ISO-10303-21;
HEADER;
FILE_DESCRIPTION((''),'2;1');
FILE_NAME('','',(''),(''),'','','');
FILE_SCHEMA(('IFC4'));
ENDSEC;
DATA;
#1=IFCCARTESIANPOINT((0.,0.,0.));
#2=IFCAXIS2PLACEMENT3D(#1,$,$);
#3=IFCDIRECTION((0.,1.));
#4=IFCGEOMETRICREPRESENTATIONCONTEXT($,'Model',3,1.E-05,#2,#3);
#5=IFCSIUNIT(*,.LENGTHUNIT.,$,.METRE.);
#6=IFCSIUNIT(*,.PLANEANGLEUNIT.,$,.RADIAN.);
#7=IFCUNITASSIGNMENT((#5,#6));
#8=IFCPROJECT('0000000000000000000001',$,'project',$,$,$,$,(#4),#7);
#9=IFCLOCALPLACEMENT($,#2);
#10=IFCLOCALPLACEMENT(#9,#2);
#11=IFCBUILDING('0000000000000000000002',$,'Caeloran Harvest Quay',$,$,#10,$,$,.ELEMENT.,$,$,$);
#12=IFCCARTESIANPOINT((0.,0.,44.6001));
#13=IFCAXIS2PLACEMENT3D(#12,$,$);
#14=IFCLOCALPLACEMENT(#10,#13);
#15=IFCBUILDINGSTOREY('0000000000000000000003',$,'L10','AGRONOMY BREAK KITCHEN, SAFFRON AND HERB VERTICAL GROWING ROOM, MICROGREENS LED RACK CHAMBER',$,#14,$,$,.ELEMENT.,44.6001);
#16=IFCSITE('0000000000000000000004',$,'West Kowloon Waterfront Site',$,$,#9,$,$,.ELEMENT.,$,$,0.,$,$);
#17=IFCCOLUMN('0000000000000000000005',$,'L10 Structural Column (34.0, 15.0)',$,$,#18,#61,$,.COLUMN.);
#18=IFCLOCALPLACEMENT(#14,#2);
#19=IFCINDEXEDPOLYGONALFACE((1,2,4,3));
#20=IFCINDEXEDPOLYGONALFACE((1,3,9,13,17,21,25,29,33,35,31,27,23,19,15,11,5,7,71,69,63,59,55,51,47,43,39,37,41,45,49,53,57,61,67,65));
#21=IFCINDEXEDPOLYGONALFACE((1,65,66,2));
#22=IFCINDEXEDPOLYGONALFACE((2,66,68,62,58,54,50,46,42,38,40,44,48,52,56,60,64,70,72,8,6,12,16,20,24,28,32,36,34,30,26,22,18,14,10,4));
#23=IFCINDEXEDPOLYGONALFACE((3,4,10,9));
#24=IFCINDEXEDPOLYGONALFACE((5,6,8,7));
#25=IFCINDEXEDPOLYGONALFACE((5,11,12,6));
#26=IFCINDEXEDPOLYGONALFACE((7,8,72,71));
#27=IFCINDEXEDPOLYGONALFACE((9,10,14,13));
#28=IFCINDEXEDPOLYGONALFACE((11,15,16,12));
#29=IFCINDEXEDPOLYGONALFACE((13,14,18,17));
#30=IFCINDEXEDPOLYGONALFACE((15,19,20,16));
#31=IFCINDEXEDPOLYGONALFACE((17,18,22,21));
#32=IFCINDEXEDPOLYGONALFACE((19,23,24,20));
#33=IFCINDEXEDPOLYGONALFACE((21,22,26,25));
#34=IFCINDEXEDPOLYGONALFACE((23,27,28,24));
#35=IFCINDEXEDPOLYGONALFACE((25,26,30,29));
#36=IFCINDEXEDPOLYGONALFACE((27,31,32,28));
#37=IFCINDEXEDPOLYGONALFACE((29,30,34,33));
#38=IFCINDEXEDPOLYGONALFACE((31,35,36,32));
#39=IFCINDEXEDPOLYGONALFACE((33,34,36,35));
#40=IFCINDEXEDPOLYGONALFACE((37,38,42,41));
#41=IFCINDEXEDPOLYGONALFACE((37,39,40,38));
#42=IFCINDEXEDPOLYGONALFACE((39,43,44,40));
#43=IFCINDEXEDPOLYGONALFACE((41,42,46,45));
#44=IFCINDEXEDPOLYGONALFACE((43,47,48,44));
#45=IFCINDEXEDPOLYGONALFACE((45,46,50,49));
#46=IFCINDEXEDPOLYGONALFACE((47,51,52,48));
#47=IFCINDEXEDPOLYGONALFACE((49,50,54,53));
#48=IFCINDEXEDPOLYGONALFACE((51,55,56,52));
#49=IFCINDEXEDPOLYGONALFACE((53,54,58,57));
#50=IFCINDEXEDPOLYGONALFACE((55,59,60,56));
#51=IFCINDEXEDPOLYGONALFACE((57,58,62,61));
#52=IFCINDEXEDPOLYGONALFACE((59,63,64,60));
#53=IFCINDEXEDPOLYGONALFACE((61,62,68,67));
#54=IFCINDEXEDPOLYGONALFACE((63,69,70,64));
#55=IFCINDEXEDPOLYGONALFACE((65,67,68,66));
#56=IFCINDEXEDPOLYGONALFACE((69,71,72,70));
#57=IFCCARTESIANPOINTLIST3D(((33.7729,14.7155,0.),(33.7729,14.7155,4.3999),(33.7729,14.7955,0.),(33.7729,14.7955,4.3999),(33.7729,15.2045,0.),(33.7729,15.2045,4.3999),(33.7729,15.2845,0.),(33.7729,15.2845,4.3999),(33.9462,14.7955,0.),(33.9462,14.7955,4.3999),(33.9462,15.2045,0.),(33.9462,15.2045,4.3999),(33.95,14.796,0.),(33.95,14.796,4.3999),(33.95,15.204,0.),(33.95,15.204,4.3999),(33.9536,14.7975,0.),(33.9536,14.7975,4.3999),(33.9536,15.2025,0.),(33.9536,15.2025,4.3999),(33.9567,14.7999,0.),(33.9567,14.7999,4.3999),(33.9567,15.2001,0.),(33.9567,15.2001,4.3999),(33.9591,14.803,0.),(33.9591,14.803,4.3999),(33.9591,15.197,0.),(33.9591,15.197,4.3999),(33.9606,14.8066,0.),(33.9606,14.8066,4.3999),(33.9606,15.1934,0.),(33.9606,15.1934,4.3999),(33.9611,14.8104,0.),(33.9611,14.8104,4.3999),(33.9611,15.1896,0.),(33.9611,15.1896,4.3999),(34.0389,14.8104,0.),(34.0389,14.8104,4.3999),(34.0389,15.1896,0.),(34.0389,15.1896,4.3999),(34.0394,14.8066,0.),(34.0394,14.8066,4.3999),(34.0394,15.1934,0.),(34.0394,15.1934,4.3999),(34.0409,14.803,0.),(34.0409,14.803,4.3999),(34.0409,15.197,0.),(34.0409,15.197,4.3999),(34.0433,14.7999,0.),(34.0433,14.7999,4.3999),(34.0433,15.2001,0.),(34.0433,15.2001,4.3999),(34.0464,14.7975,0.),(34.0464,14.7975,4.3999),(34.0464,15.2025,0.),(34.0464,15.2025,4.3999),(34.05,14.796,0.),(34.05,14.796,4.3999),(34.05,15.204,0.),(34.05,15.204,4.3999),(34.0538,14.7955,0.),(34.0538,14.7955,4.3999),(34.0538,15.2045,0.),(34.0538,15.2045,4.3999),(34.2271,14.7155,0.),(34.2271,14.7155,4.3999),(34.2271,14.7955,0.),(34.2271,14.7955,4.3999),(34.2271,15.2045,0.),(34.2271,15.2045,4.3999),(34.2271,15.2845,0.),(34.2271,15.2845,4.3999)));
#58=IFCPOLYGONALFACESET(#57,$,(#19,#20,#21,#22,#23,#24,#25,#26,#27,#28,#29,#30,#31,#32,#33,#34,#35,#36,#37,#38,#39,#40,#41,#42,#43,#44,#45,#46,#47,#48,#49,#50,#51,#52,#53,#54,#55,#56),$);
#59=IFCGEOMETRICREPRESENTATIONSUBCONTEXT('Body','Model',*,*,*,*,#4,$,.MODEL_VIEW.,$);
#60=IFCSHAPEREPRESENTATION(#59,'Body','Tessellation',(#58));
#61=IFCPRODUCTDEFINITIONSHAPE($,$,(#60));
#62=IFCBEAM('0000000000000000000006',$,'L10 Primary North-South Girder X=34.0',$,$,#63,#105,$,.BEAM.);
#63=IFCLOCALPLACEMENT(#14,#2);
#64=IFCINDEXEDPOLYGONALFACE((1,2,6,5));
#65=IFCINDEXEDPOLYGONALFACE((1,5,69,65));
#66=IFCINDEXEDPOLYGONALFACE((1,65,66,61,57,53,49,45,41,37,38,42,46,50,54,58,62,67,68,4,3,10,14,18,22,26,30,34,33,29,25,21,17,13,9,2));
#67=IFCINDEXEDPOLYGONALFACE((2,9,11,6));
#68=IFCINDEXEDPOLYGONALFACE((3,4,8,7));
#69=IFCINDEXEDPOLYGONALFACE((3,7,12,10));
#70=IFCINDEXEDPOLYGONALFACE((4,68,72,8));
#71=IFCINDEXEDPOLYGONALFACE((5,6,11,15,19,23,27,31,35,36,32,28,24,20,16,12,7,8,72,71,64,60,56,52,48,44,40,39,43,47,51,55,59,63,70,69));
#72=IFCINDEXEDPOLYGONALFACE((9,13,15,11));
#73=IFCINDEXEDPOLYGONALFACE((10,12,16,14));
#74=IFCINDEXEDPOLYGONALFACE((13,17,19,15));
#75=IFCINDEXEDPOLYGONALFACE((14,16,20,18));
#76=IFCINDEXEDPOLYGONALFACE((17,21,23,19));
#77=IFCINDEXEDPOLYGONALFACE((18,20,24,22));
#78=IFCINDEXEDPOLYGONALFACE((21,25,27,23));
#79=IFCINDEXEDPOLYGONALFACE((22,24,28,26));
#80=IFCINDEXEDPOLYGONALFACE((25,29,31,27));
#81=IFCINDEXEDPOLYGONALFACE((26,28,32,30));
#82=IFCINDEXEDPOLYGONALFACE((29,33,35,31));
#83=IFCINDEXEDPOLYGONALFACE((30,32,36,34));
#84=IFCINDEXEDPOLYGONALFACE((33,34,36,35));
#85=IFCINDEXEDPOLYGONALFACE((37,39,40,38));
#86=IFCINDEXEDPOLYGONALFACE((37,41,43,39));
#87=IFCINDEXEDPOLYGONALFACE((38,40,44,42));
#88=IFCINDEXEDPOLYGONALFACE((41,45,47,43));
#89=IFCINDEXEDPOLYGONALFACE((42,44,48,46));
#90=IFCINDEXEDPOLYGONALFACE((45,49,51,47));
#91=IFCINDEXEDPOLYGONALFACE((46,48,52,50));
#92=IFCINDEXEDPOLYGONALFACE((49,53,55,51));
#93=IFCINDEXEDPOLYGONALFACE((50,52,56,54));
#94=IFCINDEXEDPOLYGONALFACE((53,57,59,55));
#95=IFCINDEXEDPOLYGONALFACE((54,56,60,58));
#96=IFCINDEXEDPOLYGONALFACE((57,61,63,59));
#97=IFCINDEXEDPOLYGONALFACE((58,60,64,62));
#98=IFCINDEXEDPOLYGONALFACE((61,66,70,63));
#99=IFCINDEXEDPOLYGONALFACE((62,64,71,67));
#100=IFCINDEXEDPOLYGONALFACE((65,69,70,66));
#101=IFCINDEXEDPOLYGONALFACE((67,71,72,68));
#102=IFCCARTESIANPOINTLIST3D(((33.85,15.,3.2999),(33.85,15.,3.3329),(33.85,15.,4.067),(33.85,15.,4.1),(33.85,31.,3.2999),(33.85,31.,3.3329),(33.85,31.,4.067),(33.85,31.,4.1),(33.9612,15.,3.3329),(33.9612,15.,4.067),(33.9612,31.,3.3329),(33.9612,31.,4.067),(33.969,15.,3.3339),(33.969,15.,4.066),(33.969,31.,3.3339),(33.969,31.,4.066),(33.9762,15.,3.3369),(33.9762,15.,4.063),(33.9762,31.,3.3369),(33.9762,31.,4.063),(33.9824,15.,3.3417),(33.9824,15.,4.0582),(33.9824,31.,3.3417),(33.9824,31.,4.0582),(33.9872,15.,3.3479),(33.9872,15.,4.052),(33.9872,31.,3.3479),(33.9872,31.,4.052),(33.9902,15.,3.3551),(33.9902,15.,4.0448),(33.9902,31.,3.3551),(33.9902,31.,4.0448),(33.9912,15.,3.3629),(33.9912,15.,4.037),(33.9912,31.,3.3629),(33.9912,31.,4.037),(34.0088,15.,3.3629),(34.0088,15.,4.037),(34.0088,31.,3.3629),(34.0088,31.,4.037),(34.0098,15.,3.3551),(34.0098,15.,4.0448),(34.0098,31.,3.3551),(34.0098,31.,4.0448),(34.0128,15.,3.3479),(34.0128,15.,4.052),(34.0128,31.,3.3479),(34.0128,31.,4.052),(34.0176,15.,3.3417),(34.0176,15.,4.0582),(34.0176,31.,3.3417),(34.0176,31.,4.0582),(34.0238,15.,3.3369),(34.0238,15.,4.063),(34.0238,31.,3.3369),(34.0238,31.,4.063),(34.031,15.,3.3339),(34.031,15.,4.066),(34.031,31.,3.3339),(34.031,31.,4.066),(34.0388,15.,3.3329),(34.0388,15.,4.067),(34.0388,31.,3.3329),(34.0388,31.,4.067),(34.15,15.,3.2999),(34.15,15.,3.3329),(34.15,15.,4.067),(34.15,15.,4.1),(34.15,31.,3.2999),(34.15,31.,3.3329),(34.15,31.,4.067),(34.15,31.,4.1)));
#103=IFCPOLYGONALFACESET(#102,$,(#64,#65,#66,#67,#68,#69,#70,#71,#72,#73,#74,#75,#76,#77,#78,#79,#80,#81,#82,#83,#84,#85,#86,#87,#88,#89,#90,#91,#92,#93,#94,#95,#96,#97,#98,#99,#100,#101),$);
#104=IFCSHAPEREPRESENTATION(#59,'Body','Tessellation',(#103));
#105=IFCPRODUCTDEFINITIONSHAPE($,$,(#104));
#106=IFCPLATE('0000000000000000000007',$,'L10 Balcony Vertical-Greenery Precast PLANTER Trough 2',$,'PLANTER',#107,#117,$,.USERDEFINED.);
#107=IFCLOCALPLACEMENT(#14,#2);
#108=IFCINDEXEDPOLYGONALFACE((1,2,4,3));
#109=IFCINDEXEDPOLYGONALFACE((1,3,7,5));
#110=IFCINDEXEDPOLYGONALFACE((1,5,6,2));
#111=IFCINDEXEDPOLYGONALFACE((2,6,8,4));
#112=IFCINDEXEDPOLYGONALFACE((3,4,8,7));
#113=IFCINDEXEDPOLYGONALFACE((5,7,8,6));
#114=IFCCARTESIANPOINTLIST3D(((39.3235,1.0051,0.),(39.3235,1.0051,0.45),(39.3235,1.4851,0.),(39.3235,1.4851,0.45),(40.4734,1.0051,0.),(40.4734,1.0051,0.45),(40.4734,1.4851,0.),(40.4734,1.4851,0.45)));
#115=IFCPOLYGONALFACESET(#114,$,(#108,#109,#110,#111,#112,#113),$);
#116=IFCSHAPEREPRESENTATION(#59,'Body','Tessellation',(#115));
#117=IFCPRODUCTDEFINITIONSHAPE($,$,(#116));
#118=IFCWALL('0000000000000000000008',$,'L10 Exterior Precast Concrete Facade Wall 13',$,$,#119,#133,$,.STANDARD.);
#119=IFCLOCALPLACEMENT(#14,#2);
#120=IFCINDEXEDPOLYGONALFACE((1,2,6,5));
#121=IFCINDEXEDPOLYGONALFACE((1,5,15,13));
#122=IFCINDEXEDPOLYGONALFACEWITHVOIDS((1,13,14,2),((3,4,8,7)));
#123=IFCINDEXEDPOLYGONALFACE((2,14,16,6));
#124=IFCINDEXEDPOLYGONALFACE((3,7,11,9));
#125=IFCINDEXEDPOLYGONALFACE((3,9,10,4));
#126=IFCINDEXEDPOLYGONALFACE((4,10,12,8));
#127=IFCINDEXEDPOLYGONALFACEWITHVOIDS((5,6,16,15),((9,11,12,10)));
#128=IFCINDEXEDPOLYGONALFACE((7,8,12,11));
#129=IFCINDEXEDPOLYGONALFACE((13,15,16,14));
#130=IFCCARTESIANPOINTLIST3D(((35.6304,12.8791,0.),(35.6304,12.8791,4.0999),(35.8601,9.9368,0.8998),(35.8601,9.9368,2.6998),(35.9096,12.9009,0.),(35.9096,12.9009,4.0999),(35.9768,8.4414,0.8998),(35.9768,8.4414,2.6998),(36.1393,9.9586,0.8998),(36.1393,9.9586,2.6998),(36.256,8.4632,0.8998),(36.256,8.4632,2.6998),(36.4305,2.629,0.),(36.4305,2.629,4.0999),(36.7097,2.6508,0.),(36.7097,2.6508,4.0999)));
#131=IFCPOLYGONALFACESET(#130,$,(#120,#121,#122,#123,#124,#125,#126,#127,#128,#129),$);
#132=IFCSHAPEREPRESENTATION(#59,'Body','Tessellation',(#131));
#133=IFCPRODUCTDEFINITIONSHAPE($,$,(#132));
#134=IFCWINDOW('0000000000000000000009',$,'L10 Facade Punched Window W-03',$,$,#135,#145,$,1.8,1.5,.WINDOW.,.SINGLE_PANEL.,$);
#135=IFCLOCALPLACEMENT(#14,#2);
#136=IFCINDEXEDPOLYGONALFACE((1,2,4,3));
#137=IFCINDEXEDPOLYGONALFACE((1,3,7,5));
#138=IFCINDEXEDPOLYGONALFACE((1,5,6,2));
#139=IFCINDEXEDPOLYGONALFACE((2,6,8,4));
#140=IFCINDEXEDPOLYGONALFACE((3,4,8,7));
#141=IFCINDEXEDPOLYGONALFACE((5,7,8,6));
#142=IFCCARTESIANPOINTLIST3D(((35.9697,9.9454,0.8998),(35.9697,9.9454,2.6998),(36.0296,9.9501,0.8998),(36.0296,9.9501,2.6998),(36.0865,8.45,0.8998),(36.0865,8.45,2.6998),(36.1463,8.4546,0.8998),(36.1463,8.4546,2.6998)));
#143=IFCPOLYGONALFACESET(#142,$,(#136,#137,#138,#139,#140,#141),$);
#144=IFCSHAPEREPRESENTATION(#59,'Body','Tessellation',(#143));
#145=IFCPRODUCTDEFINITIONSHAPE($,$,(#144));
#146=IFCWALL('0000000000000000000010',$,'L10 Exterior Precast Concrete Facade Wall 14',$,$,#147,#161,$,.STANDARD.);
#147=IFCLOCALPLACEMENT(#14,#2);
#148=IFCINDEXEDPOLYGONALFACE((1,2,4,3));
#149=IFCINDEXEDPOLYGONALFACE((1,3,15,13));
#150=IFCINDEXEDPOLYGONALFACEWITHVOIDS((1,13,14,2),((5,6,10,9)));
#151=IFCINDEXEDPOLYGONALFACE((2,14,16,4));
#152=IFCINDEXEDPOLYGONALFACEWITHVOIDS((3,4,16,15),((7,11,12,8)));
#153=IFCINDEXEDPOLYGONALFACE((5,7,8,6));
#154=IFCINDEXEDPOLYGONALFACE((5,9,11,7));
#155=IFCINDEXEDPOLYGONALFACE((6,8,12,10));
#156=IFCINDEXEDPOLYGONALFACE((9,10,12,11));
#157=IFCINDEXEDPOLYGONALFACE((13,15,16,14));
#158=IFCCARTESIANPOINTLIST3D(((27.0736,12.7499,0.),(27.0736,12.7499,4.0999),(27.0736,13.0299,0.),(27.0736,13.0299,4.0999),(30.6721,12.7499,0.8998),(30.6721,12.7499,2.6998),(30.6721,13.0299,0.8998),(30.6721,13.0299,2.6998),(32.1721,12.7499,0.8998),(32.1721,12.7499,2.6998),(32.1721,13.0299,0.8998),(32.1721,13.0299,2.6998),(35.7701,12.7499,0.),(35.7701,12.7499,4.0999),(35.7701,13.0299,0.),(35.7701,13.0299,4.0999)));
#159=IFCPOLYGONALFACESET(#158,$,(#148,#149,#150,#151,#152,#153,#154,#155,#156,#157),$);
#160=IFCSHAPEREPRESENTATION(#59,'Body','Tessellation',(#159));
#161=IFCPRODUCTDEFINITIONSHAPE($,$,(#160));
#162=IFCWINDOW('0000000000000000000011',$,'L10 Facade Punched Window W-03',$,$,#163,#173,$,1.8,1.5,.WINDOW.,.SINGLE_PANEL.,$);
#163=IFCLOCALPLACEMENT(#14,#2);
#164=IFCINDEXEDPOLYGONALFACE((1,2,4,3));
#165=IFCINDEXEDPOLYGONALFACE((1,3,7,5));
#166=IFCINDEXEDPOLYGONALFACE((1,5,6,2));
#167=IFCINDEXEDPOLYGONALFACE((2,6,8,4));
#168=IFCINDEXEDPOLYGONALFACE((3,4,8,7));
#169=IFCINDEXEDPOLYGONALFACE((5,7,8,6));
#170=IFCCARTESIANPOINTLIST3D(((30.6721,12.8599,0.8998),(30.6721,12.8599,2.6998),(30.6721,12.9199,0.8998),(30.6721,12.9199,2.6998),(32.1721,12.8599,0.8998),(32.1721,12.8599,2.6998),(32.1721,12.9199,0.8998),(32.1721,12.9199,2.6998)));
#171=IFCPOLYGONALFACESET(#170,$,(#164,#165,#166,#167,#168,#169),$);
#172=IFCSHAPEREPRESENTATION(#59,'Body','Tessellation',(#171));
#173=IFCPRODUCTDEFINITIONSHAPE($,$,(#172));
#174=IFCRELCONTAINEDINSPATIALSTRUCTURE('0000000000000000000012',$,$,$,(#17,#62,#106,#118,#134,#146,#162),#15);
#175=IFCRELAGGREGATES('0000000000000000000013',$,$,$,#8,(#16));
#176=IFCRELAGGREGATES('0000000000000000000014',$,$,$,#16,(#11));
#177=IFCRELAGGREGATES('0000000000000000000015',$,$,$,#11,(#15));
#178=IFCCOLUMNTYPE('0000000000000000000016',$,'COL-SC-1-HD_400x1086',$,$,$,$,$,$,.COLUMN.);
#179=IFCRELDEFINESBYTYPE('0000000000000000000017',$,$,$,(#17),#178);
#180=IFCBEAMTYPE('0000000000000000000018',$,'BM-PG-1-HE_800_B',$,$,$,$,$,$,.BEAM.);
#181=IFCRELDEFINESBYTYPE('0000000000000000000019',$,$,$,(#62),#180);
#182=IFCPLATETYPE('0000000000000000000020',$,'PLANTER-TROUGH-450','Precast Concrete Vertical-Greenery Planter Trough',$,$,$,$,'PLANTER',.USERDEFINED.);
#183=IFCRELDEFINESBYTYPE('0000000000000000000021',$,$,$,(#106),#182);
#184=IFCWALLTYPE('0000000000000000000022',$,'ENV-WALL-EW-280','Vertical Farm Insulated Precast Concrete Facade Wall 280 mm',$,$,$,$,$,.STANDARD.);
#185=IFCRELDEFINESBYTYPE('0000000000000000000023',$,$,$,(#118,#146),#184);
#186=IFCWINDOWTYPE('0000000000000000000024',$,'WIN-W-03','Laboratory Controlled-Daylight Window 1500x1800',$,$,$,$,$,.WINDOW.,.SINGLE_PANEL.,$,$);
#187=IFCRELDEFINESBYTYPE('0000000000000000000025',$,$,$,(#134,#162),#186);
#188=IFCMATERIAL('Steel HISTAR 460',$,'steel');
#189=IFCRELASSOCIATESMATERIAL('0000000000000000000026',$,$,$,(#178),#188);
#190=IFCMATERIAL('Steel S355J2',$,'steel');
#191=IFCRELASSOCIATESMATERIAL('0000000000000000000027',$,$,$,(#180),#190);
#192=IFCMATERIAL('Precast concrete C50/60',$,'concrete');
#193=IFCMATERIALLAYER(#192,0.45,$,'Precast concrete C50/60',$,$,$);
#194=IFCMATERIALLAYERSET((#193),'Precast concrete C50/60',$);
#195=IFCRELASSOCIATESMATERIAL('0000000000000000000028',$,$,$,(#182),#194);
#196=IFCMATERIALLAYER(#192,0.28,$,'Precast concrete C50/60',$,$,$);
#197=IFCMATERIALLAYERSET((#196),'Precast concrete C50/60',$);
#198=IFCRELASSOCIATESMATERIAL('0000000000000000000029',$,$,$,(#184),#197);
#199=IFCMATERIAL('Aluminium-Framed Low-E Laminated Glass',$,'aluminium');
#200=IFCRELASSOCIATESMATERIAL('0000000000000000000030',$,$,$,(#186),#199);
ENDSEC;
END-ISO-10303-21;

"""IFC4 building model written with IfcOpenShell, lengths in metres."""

from ifc_helpers import new_model, si_unit, direction, frame, frame_2d, origin, origin_2d, place, context, subcontext, project, spatial, rectangle, i_section, extrude, material, layer, layer_set, material_profile, profile_set, type_object, element, fill, save


model = new_model("IFC4")

# Units and contexts
model_context = context("Model", 3, precision=1e-05, world=origin(), true_north=direction((0.0, 1.0)))
body_context = subcontext(model_context, "Body", "Model", "MODEL_VIEW")
ifc_project = project(units=[si_unit("LENGTHUNIT", "METRE"), si_unit("PLANEANGLEUNIT", "RADIAN")], contexts=[model_context])

# Site, building, storey
site_placement = place(None, origin())
site = spatial("IfcSite", under=ifc_project, at=site_placement, Name="West Kowloon Waterfront Site", CompositionType="ELEMENT", RefElevation=0.0)
building_placement = place(site_placement, origin())
building = spatial("IfcBuilding", under=site, at=building_placement, Name="Caeloran Harvest Quay", CompositionType="ELEMENT")
storey_placement = place(building_placement, frame((0.0, 0.0, 44.6001)))
storey = spatial("IfcBuildingStorey", under=building, at=storey_placement, Name="L10", Description="AGRONOMY BREAK KITCHEN, SAFFRON AND HERB VERTICAL GROWING ROOM, MICROGREENS LED RACK CHAMBER", CompositionType="ELEMENT", Elevation=44.6001)

# Column
ifc_material_1 = material(Name="Steel HISTAR 460", Category="steel")
ifc_material_profile_1 = material_profile(ifc_material_1, i_section(OverallWidth=0.4541, OverallDepth=0.5691, WebThickness=0.0779, FlangeThickness=0.0801, FilletRadius=0.0149, at=origin_2d()), Name="HD 400x1086")
ifc_profile_set_1 = profile_set([ifc_material_profile_1], Name="Steel HISTAR 460")
column_type = type_object("IfcColumnType", Name="COL-SC-1-HD_400x1086", PredefinedType="COLUMN", material=ifc_profile_set_1)
column_placement = place(storey_placement, frame((34.0, 15.0, 0.0), z_axis=(0.0, 0.0, 1.0), x_axis=(1.0, 0.0, 0.0)))
element("IfcColumn", 1, at=column_placement, inside=storey, type_object=column_type, Name="L10 Structural Column (34.0, 15.0)", PredefinedType="COLUMN", context=body_context, shape_type="SweptSolid", body=[
    extrude(i_section(OverallWidth=0.4541, OverallDepth=0.5691, WebThickness=0.0779, FlangeThickness=0.0801, FilletRadius=0.0149, at=origin_2d()), origin(), (0.0, 0.0, 1.0), 4.3999),
])

# Beam
ifc_material_2 = material(Name="Steel S355J2", Category="steel")
ifc_material_profile_2 = material_profile(ifc_material_2, i_section(OverallWidth=0.3, OverallDepth=0.8, WebThickness=0.0176, FlangeThickness=0.033, FilletRadius=0.03, at=origin_2d()), Name="HE 800 B")
ifc_profile_set_2 = profile_set([ifc_material_profile_2], Name="Steel S355J2")
beam_type = type_object("IfcBeamType", Name="BM-PG-1-HE_800_B", PredefinedType="BEAM", material=ifc_profile_set_2)
beam_placement = place(storey_placement, frame((34.0, 15.0, 3.7), z_axis=(0.0, 1.0, 0.0), x_axis=(-1.0, 0.0, 0.0)))
element("IfcBeam", 2, at=beam_placement, inside=storey, type_object=beam_type, Name="L10 Primary North-South Girder X=34.0", PredefinedType="BEAM", context=body_context, shape_type="SweptSolid", body=[
    extrude(i_section(OverallWidth=0.3, OverallDepth=0.8, WebThickness=0.0176, FlangeThickness=0.033, FilletRadius=0.03, at=origin_2d()), origin(), (0.0, 0.0, 1.0), 16.0),
])

# Plate
ifc_material_3 = material(Name="Precast concrete C50/60", Category="concrete")
ifc_layer_1 = layer(ifc_material_3, 0.45, Name="Precast concrete C50/60")
ifc_layer_set_1 = layer_set([ifc_layer_1], Name="Precast concrete C50/60")
plate_type = type_object("IfcPlateType", Name="PLANTER-TROUGH-450", Description="Precast Concrete Vertical-Greenery Planter Trough", ElementType="PLANTER", PredefinedType="USERDEFINED", material=ifc_layer_set_1)
plate_placement = place(storey_placement, frame((39.8984, 1.2451, 0.0), z_axis=(0.0, 0.0, 1.0), x_axis=(1.0, 0.0, 0.0)))
element("IfcPlate", 3, at=plate_placement, inside=storey, type_object=plate_type, Name="L10 Balcony Vertical-Greenery Precast PLANTER Trough 2", ObjectType="PLANTER", PredefinedType="USERDEFINED", context=body_context, shape_type="SweptSolid", body=[
    extrude(rectangle(XDim=1.1499, YDim=0.48, at=origin_2d()), origin(), (0.0, 0.0, 1.0), 0.45),
])

# Walls, openings, windows
ifc_layer_2 = layer(ifc_material_3, 0.28, Name="Precast concrete C50/60")
ifc_layer_set_2 = layer_set([ifc_layer_2], Name="Precast concrete C50/60")
wall_type_1 = type_object("IfcWallType", Name="ENV-WALL-EW-280", Description="Vertical Farm Insulated Precast Concrete Facade Wall 280 mm", PredefinedType="STANDARD", material=ifc_layer_set_2)
wall_1_placement = place(storey_placement, frame((36.5701, 2.6399, 0.0), z_axis=(0.0, 0.0, 1.0), x_axis=(-0.077817, 0.996968, 0.0)))
wall_1 = element("IfcWall", 4, at=wall_1_placement, inside=storey, type_object=wall_type_1, Name="L10 Exterior Precast Concrete Facade Wall 13", PredefinedType="STANDARD", context=body_context, shape_type="SweptSolid", body=[
    extrude(rectangle(XDim=10.2812, YDim=0.28, at=frame_2d((5.1406, 0.0))), origin(), (0.0, 0.0, 1.0), 4.0999),
])
opening_1_placement = place(wall_1_placement, frame((5.8301, 0.0, 0.8999)))
opening_1 = element("IfcOpeningElement", 5, at=opening_1_placement, cuts=wall_1, PredefinedType="OPENING", context=body_context, shape_type="SweptSolid", body=[
    extrude(rectangle(XDim=1.5, YDim=1.8, at=frame_2d((0.75, 0.8999))), frame((0.0, 0.1499, 0.0), z_axis=(0.0, -1.0, 0.0), x_axis=(1.0, 0.0, 0.0)), (0.0, 0.0, 1.0), 0.3),
])
ifc_material_4 = material(Name="Aluminium-Framed Low-E Laminated Glass", Category="aluminium")
window_type = type_object("IfcWindowType", Name="WIN-W-03", Description="Laboratory Controlled-Daylight Window 1500x1800", PartitioningType="SINGLE_PANEL", PredefinedType="WINDOW", material=ifc_material_4)
window_1_placement = place(opening_1_placement, origin())
window_1 = element("IfcWindow", 6, at=window_1_placement, inside=storey, type_object=window_type, Name="L10 Facade Punched Window W-03", OverallHeight=1.8, OverallWidth=1.5, PartitioningType="SINGLE_PANEL", PredefinedType="WINDOW", context=body_context, shape_type="SweptSolid", body=[
    extrude(rectangle(XDim=1.5, YDim=1.8, at=frame_2d((0.75, 0.8999))), frame((0.0, 0.03, 0.0), z_axis=(0.0, -1.0, 0.0), x_axis=(1.0, 0.0, 0.0)), (0.0, 0.0, 1.0), 0.0601),
])
fill(opening_1, window_1)
wall_2_placement = place(storey_placement, frame((35.77, 12.8899, 0.0), z_axis=(0.0, 0.0, 1.0), x_axis=(-1.0, 0.0, 0.0)))
wall_2 = element("IfcWall", 7, at=wall_2_placement, inside=storey, type_object=wall_type_1, Name="L10 Exterior Precast Concrete Facade Wall 14", PredefinedType="STANDARD", context=body_context, shape_type="SweptSolid", body=[
    extrude(rectangle(XDim=8.6965, YDim=0.28, at=frame_2d((4.3481, 0.0))), origin(), (0.0, 0.0, 1.0), 4.0999),
])
opening_2_placement = place(wall_2_placement, frame((3.5979, 0.0, 0.8999)))
opening_2 = element("IfcOpeningElement", 8, at=opening_2_placement, cuts=wall_2, PredefinedType="OPENING", context=body_context, shape_type="SweptSolid", body=[
    extrude(rectangle(XDim=1.5, YDim=1.8, at=frame_2d((0.75, 0.8999))), frame((0.0, 0.1499, 0.0), z_axis=(0.0, -1.0, 0.0), x_axis=(1.0, 0.0, 0.0)), (0.0, 0.0, 1.0), 0.3),
])
window_2_placement = place(opening_2_placement, origin())
window_2 = element("IfcWindow", 9, at=window_2_placement, inside=storey, type_object=window_type, Name="L10 Facade Punched Window W-03", OverallHeight=1.8, OverallWidth=1.5, PartitioningType="SINGLE_PANEL", PredefinedType="WINDOW", context=body_context, shape_type="SweptSolid", body=[
    extrude(rectangle(XDim=1.5, YDim=1.8, at=frame_2d((0.75, 0.8999))), frame((0.0, 0.03, 0.0), z_axis=(0.0, -1.0, 0.0), x_axis=(1.0, 0.0, 0.0)), (0.0, 0.0, 1.0), 0.0601),
])
fill(opening_2, window_2)

save(model, "model.ifc")
